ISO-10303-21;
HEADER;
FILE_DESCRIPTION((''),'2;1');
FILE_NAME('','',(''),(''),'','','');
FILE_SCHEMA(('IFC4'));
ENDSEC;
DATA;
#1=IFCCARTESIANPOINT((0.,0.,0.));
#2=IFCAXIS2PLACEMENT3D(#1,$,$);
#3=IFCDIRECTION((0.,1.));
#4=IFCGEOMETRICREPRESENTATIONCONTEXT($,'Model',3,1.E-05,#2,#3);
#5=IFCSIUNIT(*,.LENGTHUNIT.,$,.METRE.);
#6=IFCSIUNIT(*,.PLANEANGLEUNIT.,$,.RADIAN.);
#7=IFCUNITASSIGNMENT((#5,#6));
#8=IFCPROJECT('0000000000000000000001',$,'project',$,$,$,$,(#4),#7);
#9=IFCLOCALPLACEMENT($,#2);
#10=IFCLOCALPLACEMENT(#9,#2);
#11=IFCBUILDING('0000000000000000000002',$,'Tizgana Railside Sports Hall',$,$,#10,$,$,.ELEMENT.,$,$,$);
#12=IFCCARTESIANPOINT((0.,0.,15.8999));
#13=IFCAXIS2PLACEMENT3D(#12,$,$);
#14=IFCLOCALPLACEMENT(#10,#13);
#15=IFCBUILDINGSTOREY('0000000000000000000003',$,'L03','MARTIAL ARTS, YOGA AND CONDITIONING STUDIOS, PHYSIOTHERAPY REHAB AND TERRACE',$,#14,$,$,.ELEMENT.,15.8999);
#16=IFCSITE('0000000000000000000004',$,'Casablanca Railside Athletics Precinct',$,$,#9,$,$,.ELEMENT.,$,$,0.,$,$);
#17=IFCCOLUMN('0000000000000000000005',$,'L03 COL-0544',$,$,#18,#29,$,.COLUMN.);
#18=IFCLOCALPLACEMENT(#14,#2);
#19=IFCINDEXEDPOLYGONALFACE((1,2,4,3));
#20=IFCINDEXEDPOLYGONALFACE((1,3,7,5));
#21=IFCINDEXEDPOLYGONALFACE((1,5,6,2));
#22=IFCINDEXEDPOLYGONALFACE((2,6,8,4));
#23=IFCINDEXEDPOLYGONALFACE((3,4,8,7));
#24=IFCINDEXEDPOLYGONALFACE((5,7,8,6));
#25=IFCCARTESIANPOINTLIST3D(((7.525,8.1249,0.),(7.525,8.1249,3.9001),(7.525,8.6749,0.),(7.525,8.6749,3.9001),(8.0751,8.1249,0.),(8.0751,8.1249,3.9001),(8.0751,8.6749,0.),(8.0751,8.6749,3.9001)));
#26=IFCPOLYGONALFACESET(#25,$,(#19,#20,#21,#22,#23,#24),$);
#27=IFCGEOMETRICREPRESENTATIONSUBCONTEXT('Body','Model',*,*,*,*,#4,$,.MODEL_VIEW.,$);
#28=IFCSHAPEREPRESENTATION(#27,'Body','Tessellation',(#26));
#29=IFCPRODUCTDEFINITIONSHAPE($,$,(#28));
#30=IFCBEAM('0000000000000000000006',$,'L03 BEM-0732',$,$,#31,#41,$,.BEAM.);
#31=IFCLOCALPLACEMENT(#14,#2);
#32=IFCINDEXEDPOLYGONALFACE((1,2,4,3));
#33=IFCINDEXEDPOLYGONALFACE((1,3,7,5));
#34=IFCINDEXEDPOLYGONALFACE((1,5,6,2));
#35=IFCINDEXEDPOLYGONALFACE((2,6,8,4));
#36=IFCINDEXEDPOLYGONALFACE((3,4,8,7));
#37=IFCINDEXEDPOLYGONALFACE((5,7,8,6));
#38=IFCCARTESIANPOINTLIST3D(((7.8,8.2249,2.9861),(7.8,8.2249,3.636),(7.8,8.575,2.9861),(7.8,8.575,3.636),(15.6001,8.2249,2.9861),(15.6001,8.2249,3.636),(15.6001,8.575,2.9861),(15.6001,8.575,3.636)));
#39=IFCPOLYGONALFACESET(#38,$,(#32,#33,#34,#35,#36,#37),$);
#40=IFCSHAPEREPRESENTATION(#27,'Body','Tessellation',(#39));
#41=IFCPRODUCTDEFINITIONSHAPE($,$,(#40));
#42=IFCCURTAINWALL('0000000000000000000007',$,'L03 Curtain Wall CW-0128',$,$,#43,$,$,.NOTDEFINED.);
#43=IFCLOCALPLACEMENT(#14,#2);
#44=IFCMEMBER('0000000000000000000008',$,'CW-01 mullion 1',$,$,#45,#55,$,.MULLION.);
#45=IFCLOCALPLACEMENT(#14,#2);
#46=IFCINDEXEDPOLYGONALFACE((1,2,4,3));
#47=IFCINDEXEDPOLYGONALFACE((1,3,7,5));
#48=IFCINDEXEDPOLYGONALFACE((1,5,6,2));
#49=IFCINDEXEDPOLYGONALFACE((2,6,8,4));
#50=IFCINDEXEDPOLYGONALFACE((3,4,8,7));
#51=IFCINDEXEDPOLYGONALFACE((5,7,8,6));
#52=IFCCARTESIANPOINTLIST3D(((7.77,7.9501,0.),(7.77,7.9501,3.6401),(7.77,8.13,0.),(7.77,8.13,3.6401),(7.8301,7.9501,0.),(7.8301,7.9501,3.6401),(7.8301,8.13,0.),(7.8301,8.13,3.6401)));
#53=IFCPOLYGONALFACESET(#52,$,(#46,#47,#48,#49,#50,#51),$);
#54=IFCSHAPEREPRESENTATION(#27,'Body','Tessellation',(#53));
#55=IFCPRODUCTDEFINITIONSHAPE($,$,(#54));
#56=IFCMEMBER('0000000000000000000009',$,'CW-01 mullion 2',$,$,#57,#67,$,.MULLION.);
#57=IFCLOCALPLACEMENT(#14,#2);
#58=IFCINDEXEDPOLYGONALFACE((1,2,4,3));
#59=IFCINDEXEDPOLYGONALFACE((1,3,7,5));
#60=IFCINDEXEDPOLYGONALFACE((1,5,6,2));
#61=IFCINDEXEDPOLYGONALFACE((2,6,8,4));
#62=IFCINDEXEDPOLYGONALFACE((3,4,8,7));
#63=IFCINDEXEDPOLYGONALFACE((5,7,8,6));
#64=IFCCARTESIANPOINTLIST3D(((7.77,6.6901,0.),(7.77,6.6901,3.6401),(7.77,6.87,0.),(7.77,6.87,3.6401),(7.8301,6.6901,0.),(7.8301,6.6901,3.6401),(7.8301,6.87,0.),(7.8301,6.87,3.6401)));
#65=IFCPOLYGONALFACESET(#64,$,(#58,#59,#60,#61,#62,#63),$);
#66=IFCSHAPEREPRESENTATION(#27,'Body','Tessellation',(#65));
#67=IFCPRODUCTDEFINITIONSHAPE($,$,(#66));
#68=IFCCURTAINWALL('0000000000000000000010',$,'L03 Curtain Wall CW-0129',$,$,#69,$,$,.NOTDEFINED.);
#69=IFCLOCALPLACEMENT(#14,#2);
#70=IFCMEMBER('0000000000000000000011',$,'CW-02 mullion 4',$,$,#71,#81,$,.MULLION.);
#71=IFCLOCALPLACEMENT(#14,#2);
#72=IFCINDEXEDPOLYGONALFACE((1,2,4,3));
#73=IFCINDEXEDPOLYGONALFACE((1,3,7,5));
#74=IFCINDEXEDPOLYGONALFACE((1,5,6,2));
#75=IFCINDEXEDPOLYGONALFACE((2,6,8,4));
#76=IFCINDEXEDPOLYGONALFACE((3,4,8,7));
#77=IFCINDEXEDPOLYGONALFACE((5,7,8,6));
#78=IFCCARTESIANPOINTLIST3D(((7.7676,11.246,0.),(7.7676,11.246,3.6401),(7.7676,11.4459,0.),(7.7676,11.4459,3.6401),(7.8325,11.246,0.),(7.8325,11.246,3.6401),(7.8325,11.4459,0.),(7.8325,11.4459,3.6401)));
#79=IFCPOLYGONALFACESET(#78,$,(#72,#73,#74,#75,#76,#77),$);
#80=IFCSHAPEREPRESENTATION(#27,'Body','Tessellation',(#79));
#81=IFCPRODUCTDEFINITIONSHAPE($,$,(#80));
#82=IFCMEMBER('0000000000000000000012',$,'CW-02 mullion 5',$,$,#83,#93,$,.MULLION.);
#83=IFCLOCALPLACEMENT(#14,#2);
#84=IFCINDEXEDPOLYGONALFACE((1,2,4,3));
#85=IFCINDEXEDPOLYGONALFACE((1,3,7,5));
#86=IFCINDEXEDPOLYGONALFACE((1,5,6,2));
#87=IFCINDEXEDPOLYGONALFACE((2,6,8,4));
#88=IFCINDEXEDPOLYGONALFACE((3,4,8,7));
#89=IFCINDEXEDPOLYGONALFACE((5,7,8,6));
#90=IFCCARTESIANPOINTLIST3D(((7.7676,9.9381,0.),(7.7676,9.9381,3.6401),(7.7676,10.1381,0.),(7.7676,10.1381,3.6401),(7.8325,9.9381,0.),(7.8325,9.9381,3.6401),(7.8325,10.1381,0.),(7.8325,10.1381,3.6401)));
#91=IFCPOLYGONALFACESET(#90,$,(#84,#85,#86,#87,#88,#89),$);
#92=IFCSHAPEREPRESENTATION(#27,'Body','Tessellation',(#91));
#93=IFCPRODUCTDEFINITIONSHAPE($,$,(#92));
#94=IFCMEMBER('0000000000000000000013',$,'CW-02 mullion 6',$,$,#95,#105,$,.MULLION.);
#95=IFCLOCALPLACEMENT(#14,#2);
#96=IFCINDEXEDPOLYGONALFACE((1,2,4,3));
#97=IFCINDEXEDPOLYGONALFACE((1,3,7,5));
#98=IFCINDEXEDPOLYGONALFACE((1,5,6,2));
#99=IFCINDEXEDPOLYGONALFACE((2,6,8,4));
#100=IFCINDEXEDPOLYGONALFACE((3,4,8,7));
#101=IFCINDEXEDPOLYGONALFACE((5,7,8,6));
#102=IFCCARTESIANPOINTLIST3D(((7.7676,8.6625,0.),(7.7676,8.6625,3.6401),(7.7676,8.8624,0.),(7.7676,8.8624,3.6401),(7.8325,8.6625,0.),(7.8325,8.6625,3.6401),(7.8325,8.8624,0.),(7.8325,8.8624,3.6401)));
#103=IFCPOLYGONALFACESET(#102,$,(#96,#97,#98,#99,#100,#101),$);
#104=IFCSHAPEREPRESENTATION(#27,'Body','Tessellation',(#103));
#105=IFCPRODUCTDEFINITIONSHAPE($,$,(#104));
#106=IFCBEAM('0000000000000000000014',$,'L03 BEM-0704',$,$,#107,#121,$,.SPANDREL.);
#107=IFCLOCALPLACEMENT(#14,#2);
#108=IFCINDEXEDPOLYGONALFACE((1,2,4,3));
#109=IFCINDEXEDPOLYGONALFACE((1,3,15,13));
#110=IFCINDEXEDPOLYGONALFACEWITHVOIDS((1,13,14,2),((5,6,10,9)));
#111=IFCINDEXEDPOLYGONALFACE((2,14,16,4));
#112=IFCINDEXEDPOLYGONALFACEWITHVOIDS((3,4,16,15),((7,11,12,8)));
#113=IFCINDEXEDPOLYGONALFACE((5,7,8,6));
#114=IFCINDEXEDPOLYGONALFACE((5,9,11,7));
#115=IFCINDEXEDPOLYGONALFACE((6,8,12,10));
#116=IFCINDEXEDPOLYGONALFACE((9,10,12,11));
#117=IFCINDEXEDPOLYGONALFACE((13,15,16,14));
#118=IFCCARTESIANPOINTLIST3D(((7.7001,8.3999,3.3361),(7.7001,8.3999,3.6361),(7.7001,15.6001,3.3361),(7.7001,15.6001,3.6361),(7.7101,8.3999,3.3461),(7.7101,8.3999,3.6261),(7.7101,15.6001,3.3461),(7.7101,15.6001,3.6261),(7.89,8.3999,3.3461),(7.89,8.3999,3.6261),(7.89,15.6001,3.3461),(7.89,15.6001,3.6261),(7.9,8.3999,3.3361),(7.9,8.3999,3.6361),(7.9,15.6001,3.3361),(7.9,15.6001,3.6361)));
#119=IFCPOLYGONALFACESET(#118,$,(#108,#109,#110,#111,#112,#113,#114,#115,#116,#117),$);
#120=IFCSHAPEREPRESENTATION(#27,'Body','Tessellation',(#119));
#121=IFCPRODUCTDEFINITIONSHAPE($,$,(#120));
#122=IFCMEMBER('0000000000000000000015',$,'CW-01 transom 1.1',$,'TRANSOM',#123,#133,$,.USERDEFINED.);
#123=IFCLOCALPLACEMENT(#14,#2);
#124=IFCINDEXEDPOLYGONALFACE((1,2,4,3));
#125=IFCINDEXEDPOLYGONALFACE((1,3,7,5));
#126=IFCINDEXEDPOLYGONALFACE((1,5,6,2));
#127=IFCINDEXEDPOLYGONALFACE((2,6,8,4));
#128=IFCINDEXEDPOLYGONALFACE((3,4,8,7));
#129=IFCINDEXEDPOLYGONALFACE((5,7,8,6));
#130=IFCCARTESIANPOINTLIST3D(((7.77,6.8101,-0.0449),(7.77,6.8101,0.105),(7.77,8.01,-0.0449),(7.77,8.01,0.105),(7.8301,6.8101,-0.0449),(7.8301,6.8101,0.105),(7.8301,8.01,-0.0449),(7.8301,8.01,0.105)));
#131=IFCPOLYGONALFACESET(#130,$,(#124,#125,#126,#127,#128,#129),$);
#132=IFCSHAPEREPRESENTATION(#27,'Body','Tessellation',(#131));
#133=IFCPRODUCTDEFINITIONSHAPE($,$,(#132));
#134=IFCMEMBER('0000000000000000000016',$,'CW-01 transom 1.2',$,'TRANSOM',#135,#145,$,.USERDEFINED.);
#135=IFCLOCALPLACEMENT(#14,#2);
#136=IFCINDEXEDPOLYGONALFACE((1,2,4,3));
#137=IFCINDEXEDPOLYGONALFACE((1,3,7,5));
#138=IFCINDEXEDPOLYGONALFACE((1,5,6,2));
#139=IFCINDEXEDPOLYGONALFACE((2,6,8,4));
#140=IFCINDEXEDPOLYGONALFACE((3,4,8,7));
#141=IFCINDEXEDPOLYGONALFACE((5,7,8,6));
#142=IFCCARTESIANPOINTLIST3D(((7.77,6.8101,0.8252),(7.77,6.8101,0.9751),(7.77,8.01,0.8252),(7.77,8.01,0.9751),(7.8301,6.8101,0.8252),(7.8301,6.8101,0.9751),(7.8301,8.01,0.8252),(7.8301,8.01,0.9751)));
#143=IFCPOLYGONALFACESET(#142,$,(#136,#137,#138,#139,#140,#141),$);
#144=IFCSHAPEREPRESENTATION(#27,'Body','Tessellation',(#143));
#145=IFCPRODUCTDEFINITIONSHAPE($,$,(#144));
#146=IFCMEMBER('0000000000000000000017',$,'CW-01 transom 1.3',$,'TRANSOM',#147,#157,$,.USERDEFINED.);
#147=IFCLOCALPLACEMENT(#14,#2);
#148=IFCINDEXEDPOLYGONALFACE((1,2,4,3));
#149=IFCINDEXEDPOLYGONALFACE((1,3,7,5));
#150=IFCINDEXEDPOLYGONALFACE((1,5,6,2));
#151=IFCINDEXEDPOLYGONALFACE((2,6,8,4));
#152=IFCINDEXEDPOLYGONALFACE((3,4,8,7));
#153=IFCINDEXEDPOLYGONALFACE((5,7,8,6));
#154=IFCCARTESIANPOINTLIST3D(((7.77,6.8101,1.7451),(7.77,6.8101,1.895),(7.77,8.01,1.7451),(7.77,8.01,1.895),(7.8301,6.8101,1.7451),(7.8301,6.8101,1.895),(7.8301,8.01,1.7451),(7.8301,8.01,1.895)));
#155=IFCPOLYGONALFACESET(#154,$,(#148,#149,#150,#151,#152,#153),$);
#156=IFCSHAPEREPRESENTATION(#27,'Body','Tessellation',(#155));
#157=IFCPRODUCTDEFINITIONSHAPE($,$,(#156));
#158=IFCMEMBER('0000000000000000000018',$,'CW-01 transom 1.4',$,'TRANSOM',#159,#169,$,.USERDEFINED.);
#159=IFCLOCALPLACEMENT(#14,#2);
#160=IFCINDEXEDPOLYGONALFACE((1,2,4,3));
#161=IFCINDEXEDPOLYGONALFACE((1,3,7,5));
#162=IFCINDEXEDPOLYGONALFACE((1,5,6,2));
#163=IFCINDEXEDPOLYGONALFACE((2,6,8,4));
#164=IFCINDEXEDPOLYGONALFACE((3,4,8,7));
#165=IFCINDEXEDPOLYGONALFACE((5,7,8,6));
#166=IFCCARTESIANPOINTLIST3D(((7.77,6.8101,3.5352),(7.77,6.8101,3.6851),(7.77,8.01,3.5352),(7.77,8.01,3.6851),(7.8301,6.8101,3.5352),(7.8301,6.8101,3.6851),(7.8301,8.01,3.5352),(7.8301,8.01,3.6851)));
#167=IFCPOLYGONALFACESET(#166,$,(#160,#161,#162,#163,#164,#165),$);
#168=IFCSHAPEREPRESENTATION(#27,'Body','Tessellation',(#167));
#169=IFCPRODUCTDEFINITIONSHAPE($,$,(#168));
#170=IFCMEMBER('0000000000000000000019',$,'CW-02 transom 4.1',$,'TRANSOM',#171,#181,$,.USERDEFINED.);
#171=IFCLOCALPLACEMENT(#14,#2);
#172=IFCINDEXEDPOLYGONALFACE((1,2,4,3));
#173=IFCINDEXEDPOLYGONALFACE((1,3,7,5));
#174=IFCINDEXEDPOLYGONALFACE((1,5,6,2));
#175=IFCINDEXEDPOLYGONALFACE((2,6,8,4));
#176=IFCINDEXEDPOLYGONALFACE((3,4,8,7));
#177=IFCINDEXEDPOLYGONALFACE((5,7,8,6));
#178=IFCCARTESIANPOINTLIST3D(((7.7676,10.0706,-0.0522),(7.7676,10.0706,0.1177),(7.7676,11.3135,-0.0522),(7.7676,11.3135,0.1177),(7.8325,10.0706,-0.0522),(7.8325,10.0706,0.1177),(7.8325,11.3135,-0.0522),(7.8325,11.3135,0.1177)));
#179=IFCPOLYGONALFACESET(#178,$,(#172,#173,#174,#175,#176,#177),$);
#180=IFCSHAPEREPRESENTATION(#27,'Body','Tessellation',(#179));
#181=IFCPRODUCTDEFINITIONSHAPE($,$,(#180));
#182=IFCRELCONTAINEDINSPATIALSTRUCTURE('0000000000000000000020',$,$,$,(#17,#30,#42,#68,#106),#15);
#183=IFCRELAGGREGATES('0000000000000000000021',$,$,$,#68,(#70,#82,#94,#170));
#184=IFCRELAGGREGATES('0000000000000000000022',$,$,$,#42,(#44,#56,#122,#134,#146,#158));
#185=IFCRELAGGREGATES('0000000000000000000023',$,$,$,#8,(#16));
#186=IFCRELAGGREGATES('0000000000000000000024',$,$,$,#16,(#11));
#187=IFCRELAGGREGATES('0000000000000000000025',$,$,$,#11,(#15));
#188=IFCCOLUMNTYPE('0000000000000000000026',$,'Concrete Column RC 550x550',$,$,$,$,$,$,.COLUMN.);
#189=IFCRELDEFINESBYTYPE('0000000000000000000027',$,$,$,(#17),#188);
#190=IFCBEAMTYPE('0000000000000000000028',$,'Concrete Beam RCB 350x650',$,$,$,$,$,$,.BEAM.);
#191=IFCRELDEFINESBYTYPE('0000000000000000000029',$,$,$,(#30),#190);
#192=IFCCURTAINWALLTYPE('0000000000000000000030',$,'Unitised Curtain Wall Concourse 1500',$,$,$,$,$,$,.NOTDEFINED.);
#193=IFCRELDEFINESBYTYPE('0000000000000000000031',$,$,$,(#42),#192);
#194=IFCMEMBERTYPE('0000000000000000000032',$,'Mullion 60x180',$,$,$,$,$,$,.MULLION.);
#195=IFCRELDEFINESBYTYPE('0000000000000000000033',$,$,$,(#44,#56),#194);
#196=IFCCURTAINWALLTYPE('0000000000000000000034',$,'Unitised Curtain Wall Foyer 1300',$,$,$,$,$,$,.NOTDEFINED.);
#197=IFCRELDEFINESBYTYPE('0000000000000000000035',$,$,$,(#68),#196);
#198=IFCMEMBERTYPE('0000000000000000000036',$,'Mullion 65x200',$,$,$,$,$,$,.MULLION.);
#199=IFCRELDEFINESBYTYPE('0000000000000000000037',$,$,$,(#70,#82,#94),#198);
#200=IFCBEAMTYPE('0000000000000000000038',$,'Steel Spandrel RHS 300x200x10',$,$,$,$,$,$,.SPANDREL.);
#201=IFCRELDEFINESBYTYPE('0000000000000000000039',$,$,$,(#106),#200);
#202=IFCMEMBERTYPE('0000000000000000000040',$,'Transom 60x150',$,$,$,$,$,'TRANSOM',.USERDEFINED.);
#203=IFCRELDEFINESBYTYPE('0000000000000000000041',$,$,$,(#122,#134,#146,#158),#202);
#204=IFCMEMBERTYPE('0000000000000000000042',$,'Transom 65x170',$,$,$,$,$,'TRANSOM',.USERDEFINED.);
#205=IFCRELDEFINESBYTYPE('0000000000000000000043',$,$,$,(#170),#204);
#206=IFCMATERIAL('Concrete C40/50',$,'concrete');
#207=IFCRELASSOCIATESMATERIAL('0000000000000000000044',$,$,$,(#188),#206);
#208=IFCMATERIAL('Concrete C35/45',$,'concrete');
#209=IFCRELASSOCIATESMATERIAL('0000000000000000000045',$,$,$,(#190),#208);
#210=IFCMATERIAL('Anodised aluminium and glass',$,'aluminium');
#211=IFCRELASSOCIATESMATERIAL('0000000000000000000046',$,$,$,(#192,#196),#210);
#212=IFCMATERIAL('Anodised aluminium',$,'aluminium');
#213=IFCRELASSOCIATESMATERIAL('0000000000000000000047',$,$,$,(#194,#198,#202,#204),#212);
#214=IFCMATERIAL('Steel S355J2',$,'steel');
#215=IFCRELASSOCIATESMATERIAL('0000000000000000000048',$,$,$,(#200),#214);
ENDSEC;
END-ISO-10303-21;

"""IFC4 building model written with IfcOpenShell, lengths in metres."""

from ifc_helpers import new_model, si_unit, direction, frame, origin, origin_2d, place, context, subcontext, project, spatial, rectangle, hollow_rectangle, extrude, material, material_profile, profile_set, type_object, element, aggregate, save


model = new_model("IFC4")

# Units and contexts
model_context = context("Model", 3, precision=1e-05, world=origin(), true_north=direction((0.0, 1.0)))
body_context = subcontext(model_context, "Body", "Model", "MODEL_VIEW")
ifc_project = project(units=[si_unit("LENGTHUNIT", "METRE"), si_unit("PLANEANGLEUNIT", "RADIAN")], contexts=[model_context])

# Site, building, storey
site_placement = place(None, origin())
site = spatial("IfcSite", under=ifc_project, at=site_placement, Name="Casablanca Railside Athletics Precinct", CompositionType="ELEMENT", RefElevation=0.0)
building_placement = place(site_placement, origin())
building = spatial("IfcBuilding", under=site, at=building_placement, Name="Tizgana Railside Sports Hall", CompositionType="ELEMENT")
storey_placement = place(building_placement, frame((0.0, 0.0, 15.8999)))
storey = spatial("IfcBuildingStorey", under=building, at=storey_placement, Name="L03", Description="MARTIAL ARTS, YOGA AND CONDITIONING STUDIOS, PHYSIOTHERAPY REHAB AND TERRACE", CompositionType="ELEMENT", Elevation=15.8999)

# Column
ifc_material_1 = material(Name="Concrete C40/50", Category="concrete")
ifc_material_profile_1 = material_profile(ifc_material_1, rectangle(XDim=0.55, YDim=0.55, at=origin_2d()), Name="RC 550x550")
ifc_profile_set_1 = profile_set([ifc_material_profile_1], Name="Concrete C40/50")
column_type = type_object("IfcColumnType", Name="Concrete Column RC 550x550", PredefinedType="COLUMN", material=ifc_profile_set_1)
column_placement = place(storey_placement, frame((7.8, 8.3999, 0.0), z_axis=(0.0, 0.0, 1.0), x_axis=(1.0, 0.0, 0.0)))
element("IfcColumn", 1, at=column_placement, inside=storey, type_object=column_type, Name="L03 COL-0544", PredefinedType="COLUMN", context=body_context, shape_type="SweptSolid", body=[
    extrude(rectangle(XDim=0.55, YDim=0.55, at=origin_2d()), origin(), (0.0, 0.0, 1.0), 3.9001),
])

# Beam
ifc_material_2 = material(Name="Concrete C35/45", Category="concrete")
ifc_material_profile_2 = material_profile(ifc_material_2, rectangle(XDim=0.3501, YDim=0.6499, at=origin_2d()), Name="RCB 350x650")
ifc_profile_set_2 = profile_set([ifc_material_profile_2], Name="Concrete C35/45")
beam_type_1 = type_object("IfcBeamType", Name="Concrete Beam RCB 350x650", PredefinedType="BEAM", material=ifc_profile_set_2)
beam_1_placement = place(storey_placement, frame((7.8, 8.3999, 3.311), z_axis=(1.0, 0.0, 0.0), x_axis=(0.0, 1.0, 0.0)))
element("IfcBeam", 2, at=beam_1_placement, inside=storey, type_object=beam_type_1, Name="L03 BEM-0732", PredefinedType="BEAM", context=body_context, shape_type="SweptSolid", body=[
    extrude(rectangle(XDim=0.3501, YDim=0.6499, at=origin_2d()), origin(), (0.0, 0.0, 1.0), 7.8),
])

# Curtain walls, members
ifc_material_3 = material(Name="Anodised aluminium and glass", Category="aluminium")
curtain_wall_type_1 = type_object("IfcCurtainWallType", Name="Unitised Curtain Wall Concourse 1500", PredefinedType="NOTDEFINED", material=ifc_material_3)
curtain_wall_1_placement = place(storey_placement, origin())
curtain_wall_1 = element("IfcCurtainWall", 3, at=curtain_wall_1_placement, inside=storey, type_object=curtain_wall_type_1, Name="L03 Curtain Wall CW-0128", PredefinedType="NOTDEFINED")
ifc_material_4 = material(Name="Anodised aluminium", Category="aluminium")
ifc_material_profile_3 = material_profile(ifc_material_4, rectangle(XDim=0.0601, YDim=0.1799, at=origin_2d()), Name="Mullion 60x180")
ifc_profile_set_3 = profile_set([ifc_material_profile_3], Name="Anodised aluminium")
member_type_1 = type_object("IfcMemberType", Name="Mullion 60x180", PredefinedType="MULLION", material=ifc_profile_set_3)
member_1_placement = place(storey_placement, frame((7.8, 8.04, 0.0), z_axis=(0.0, 0.0, 1.0), x_axis=(1.0, 0.0, 0.0)))
member_1 = element("IfcMember", 4, at=member_1_placement, type_object=member_type_1, Name="CW-01 mullion 1", PredefinedType="MULLION", context=body_context, shape_type="SweptSolid", body=[
    extrude(rectangle(XDim=0.0601, YDim=0.1799, at=origin_2d()), origin(), (0.0, 0.0, 1.0), 3.6401),
])
member_2_placement = place(storey_placement, frame((7.8, 6.78, 0.0), z_axis=(0.0, 0.0, 1.0), x_axis=(1.0, 0.0, 0.0)))
member_2 = element("IfcMember", 5, at=member_2_placement, type_object=member_type_1, Name="CW-01 mullion 2", PredefinedType="MULLION", context=body_context, shape_type="SweptSolid", body=[
    extrude(rectangle(XDim=0.0601, YDim=0.1799, at=origin_2d()), origin(), (0.0, 0.0, 1.0), 3.6401),
])
curtain_wall_type_2 = type_object("IfcCurtainWallType", Name="Unitised Curtain Wall Foyer 1300", PredefinedType="NOTDEFINED", material=ifc_material_3)
curtain_wall_2_placement = place(storey_placement, origin())
curtain_wall_2 = element("IfcCurtainWall", 6, at=curtain_wall_2_placement, inside=storey, type_object=curtain_wall_type_2, Name="L03 Curtain Wall CW-0129", PredefinedType="NOTDEFINED")
ifc_material_profile_4 = material_profile(ifc_material_4, rectangle(XDim=0.0649, YDim=0.2, at=origin_2d()), Name="Mullion 65x200")
ifc_profile_set_4 = profile_set([ifc_material_profile_4], Name="Anodised aluminium")
member_type_2 = type_object("IfcMemberType", Name="Mullion 65x200", PredefinedType="MULLION", material=ifc_profile_set_4)
member_3_placement = place(storey_placement, frame((7.8, 11.3459, 0.0), z_axis=(0.0, 0.0, 1.0), x_axis=(1.0, 0.0, 0.0)))
member_3 = element("IfcMember", 7, at=member_3_placement, type_object=member_type_2, Name="CW-02 mullion 4", PredefinedType="MULLION", context=body_context, shape_type="SweptSolid", body=[
    extrude(rectangle(XDim=0.0649, YDim=0.2, at=origin_2d()), origin(), (0.0, 0.0, 1.0), 3.6401),
])
member_4_placement = place(storey_placement, frame((7.8, 10.0381, 0.0), z_axis=(0.0, 0.0, 1.0), x_axis=(1.0, 0.0, 0.0)))
member_4 = element("IfcMember", 8, at=member_4_placement, type_object=member_type_2, Name="CW-02 mullion 5", PredefinedType="MULLION", context=body_context, shape_type="SweptSolid", body=[
    extrude(rectangle(XDim=0.0649, YDim=0.2, at=origin_2d()), origin(), (0.0, 0.0, 1.0), 3.6401),
])
member_5_placement = place(storey_placement, frame((7.8, 8.7625, 0.0), z_axis=(0.0, 0.0, 1.0), x_axis=(1.0, 0.0, 0.0)))
member_5 = element("IfcMember", 9, at=member_5_placement, type_object=member_type_2, Name="CW-02 mullion 6", PredefinedType="MULLION", context=body_context, shape_type="SweptSolid", body=[
    extrude(rectangle(XDim=0.0649, YDim=0.2, at=origin_2d()), origin(), (0.0, 0.0, 1.0), 3.6401),
])

# Beam
ifc_material_5 = material(Name="Steel S355J2", Category="steel")
ifc_material_profile_5 = material_profile(ifc_material_5, hollow_rectangle(XDim=0.2, YDim=0.3, WallThickness=0.01, at=origin_2d()), Name="RHS 300x200x10")
ifc_profile_set_5 = profile_set([ifc_material_profile_5], Name="Steel S355J2")
beam_type_2 = type_object("IfcBeamType", Name="Steel Spandrel RHS 300x200x10", PredefinedType="SPANDREL", material=ifc_profile_set_5)
beam_2_placement = place(storey_placement, frame((7.8, 8.3999, 3.4861), z_axis=(0.0, 1.0, 0.0), x_axis=(-1.0, 0.0, 0.0)))
element("IfcBeam", 10, at=beam_2_placement, inside=storey, type_object=beam_type_2, Name="L03 BEM-0704", PredefinedType="SPANDREL", context=body_context, shape_type="SweptSolid", body=[
    extrude(hollow_rectangle(XDim=0.2, YDim=0.3, WallThickness=0.01, at=origin_2d()), origin(), (0.0, 0.0, 1.0), 7.2002),
])

# Members
ifc_material_profile_6 = material_profile(ifc_material_4, rectangle(XDim=0.0601, YDim=0.1499, at=origin_2d()), Name="Transom 60x150")
ifc_profile_set_6 = profile_set([ifc_material_profile_6], Name="Anodised aluminium")
member_type_3 = type_object("IfcMemberType", Name="Transom 60x150", ElementType="TRANSOM", PredefinedType="USERDEFINED", material=ifc_profile_set_6)
member_6_placement = place(storey_placement, frame((7.8, 8.01, 0.03), z_axis=(0.0, -1.0, 0.0), x_axis=(1.0, 0.0, 0.0)))
member_6 = element("IfcMember", 11, at=member_6_placement, type_object=member_type_3, Name="CW-01 transom 1.1", ObjectType="TRANSOM", PredefinedType="USERDEFINED", context=body_context, shape_type="SweptSolid", body=[
    extrude(rectangle(XDim=0.0601, YDim=0.1499, at=origin_2d()), origin(), (0.0, 0.0, 1.0), 1.2),
])
member_7_placement = place(storey_placement, frame((7.8, 8.01, 0.9001), z_axis=(0.0, -1.0, 0.0), x_axis=(1.0, 0.0, 0.0)))
member_7 = element("IfcMember", 12, at=member_7_placement, type_object=member_type_3, Name="CW-01 transom 1.2", ObjectType="TRANSOM", PredefinedType="USERDEFINED", context=body_context, shape_type="SweptSolid", body=[
    extrude(rectangle(XDim=0.0601, YDim=0.1499, at=origin_2d()), origin(), (0.0, 0.0, 1.0), 1.2),
])
member_8_placement = place(storey_placement, frame((7.8, 8.01, 1.8201), z_axis=(0.0, -1.0, 0.0), x_axis=(1.0, 0.0, 0.0)))
member_8 = element("IfcMember", 13, at=member_8_placement, type_object=member_type_3, Name="CW-01 transom 1.3", ObjectType="TRANSOM", PredefinedType="USERDEFINED", context=body_context, shape_type="SweptSolid", body=[
    extrude(rectangle(XDim=0.0601, YDim=0.1499, at=origin_2d()), origin(), (0.0, 0.0, 1.0), 1.2),
])
member_9_placement = place(storey_placement, frame((7.8, 8.01, 3.6101), z_axis=(0.0, -1.0, 0.0), x_axis=(1.0, 0.0, 0.0)))
member_9 = element("IfcMember", 14, at=member_9_placement, type_object=member_type_3, Name="CW-01 transom 1.4", ObjectType="TRANSOM", PredefinedType="USERDEFINED", context=body_context, shape_type="SweptSolid", body=[
    extrude(rectangle(XDim=0.0601, YDim=0.1499, at=origin_2d()), origin(), (0.0, 0.0, 1.0), 1.2),
])
ifc_material_profile_7 = material_profile(ifc_material_4, rectangle(XDim=0.0649, YDim=0.1699, at=origin_2d()), Name="Transom 65x170")
ifc_profile_set_7 = profile_set([ifc_material_profile_7], Name="Anodised aluminium")
member_type_4 = type_object("IfcMemberType", Name="Transom 65x170", ElementType="TRANSOM", PredefinedType="USERDEFINED", material=ifc_profile_set_7)
member_10_placement = place(storey_placement, frame((7.8, 11.3135, 0.0327), z_axis=(0.0, -1.0, 0.0), x_axis=(1.0, 0.0, 0.0)))
member_10 = element("IfcMember", 15, at=member_10_placement, type_object=member_type_4, Name="CW-02 transom 4.1", ObjectType="TRANSOM", PredefinedType="USERDEFINED", context=body_context, shape_type="SweptSolid", body=[
    extrude(rectangle(XDim=0.0649, YDim=0.1699, at=origin_2d()), origin(), (0.0, 0.0, 1.0), 1.2429),
])

aggregate(curtain_wall_2, [member_3, member_4, member_5, member_10])
aggregate(curtain_wall_1, [member_1, member_2, member_6, member_7, member_8, member_9])

save(model, "model.ifc")
